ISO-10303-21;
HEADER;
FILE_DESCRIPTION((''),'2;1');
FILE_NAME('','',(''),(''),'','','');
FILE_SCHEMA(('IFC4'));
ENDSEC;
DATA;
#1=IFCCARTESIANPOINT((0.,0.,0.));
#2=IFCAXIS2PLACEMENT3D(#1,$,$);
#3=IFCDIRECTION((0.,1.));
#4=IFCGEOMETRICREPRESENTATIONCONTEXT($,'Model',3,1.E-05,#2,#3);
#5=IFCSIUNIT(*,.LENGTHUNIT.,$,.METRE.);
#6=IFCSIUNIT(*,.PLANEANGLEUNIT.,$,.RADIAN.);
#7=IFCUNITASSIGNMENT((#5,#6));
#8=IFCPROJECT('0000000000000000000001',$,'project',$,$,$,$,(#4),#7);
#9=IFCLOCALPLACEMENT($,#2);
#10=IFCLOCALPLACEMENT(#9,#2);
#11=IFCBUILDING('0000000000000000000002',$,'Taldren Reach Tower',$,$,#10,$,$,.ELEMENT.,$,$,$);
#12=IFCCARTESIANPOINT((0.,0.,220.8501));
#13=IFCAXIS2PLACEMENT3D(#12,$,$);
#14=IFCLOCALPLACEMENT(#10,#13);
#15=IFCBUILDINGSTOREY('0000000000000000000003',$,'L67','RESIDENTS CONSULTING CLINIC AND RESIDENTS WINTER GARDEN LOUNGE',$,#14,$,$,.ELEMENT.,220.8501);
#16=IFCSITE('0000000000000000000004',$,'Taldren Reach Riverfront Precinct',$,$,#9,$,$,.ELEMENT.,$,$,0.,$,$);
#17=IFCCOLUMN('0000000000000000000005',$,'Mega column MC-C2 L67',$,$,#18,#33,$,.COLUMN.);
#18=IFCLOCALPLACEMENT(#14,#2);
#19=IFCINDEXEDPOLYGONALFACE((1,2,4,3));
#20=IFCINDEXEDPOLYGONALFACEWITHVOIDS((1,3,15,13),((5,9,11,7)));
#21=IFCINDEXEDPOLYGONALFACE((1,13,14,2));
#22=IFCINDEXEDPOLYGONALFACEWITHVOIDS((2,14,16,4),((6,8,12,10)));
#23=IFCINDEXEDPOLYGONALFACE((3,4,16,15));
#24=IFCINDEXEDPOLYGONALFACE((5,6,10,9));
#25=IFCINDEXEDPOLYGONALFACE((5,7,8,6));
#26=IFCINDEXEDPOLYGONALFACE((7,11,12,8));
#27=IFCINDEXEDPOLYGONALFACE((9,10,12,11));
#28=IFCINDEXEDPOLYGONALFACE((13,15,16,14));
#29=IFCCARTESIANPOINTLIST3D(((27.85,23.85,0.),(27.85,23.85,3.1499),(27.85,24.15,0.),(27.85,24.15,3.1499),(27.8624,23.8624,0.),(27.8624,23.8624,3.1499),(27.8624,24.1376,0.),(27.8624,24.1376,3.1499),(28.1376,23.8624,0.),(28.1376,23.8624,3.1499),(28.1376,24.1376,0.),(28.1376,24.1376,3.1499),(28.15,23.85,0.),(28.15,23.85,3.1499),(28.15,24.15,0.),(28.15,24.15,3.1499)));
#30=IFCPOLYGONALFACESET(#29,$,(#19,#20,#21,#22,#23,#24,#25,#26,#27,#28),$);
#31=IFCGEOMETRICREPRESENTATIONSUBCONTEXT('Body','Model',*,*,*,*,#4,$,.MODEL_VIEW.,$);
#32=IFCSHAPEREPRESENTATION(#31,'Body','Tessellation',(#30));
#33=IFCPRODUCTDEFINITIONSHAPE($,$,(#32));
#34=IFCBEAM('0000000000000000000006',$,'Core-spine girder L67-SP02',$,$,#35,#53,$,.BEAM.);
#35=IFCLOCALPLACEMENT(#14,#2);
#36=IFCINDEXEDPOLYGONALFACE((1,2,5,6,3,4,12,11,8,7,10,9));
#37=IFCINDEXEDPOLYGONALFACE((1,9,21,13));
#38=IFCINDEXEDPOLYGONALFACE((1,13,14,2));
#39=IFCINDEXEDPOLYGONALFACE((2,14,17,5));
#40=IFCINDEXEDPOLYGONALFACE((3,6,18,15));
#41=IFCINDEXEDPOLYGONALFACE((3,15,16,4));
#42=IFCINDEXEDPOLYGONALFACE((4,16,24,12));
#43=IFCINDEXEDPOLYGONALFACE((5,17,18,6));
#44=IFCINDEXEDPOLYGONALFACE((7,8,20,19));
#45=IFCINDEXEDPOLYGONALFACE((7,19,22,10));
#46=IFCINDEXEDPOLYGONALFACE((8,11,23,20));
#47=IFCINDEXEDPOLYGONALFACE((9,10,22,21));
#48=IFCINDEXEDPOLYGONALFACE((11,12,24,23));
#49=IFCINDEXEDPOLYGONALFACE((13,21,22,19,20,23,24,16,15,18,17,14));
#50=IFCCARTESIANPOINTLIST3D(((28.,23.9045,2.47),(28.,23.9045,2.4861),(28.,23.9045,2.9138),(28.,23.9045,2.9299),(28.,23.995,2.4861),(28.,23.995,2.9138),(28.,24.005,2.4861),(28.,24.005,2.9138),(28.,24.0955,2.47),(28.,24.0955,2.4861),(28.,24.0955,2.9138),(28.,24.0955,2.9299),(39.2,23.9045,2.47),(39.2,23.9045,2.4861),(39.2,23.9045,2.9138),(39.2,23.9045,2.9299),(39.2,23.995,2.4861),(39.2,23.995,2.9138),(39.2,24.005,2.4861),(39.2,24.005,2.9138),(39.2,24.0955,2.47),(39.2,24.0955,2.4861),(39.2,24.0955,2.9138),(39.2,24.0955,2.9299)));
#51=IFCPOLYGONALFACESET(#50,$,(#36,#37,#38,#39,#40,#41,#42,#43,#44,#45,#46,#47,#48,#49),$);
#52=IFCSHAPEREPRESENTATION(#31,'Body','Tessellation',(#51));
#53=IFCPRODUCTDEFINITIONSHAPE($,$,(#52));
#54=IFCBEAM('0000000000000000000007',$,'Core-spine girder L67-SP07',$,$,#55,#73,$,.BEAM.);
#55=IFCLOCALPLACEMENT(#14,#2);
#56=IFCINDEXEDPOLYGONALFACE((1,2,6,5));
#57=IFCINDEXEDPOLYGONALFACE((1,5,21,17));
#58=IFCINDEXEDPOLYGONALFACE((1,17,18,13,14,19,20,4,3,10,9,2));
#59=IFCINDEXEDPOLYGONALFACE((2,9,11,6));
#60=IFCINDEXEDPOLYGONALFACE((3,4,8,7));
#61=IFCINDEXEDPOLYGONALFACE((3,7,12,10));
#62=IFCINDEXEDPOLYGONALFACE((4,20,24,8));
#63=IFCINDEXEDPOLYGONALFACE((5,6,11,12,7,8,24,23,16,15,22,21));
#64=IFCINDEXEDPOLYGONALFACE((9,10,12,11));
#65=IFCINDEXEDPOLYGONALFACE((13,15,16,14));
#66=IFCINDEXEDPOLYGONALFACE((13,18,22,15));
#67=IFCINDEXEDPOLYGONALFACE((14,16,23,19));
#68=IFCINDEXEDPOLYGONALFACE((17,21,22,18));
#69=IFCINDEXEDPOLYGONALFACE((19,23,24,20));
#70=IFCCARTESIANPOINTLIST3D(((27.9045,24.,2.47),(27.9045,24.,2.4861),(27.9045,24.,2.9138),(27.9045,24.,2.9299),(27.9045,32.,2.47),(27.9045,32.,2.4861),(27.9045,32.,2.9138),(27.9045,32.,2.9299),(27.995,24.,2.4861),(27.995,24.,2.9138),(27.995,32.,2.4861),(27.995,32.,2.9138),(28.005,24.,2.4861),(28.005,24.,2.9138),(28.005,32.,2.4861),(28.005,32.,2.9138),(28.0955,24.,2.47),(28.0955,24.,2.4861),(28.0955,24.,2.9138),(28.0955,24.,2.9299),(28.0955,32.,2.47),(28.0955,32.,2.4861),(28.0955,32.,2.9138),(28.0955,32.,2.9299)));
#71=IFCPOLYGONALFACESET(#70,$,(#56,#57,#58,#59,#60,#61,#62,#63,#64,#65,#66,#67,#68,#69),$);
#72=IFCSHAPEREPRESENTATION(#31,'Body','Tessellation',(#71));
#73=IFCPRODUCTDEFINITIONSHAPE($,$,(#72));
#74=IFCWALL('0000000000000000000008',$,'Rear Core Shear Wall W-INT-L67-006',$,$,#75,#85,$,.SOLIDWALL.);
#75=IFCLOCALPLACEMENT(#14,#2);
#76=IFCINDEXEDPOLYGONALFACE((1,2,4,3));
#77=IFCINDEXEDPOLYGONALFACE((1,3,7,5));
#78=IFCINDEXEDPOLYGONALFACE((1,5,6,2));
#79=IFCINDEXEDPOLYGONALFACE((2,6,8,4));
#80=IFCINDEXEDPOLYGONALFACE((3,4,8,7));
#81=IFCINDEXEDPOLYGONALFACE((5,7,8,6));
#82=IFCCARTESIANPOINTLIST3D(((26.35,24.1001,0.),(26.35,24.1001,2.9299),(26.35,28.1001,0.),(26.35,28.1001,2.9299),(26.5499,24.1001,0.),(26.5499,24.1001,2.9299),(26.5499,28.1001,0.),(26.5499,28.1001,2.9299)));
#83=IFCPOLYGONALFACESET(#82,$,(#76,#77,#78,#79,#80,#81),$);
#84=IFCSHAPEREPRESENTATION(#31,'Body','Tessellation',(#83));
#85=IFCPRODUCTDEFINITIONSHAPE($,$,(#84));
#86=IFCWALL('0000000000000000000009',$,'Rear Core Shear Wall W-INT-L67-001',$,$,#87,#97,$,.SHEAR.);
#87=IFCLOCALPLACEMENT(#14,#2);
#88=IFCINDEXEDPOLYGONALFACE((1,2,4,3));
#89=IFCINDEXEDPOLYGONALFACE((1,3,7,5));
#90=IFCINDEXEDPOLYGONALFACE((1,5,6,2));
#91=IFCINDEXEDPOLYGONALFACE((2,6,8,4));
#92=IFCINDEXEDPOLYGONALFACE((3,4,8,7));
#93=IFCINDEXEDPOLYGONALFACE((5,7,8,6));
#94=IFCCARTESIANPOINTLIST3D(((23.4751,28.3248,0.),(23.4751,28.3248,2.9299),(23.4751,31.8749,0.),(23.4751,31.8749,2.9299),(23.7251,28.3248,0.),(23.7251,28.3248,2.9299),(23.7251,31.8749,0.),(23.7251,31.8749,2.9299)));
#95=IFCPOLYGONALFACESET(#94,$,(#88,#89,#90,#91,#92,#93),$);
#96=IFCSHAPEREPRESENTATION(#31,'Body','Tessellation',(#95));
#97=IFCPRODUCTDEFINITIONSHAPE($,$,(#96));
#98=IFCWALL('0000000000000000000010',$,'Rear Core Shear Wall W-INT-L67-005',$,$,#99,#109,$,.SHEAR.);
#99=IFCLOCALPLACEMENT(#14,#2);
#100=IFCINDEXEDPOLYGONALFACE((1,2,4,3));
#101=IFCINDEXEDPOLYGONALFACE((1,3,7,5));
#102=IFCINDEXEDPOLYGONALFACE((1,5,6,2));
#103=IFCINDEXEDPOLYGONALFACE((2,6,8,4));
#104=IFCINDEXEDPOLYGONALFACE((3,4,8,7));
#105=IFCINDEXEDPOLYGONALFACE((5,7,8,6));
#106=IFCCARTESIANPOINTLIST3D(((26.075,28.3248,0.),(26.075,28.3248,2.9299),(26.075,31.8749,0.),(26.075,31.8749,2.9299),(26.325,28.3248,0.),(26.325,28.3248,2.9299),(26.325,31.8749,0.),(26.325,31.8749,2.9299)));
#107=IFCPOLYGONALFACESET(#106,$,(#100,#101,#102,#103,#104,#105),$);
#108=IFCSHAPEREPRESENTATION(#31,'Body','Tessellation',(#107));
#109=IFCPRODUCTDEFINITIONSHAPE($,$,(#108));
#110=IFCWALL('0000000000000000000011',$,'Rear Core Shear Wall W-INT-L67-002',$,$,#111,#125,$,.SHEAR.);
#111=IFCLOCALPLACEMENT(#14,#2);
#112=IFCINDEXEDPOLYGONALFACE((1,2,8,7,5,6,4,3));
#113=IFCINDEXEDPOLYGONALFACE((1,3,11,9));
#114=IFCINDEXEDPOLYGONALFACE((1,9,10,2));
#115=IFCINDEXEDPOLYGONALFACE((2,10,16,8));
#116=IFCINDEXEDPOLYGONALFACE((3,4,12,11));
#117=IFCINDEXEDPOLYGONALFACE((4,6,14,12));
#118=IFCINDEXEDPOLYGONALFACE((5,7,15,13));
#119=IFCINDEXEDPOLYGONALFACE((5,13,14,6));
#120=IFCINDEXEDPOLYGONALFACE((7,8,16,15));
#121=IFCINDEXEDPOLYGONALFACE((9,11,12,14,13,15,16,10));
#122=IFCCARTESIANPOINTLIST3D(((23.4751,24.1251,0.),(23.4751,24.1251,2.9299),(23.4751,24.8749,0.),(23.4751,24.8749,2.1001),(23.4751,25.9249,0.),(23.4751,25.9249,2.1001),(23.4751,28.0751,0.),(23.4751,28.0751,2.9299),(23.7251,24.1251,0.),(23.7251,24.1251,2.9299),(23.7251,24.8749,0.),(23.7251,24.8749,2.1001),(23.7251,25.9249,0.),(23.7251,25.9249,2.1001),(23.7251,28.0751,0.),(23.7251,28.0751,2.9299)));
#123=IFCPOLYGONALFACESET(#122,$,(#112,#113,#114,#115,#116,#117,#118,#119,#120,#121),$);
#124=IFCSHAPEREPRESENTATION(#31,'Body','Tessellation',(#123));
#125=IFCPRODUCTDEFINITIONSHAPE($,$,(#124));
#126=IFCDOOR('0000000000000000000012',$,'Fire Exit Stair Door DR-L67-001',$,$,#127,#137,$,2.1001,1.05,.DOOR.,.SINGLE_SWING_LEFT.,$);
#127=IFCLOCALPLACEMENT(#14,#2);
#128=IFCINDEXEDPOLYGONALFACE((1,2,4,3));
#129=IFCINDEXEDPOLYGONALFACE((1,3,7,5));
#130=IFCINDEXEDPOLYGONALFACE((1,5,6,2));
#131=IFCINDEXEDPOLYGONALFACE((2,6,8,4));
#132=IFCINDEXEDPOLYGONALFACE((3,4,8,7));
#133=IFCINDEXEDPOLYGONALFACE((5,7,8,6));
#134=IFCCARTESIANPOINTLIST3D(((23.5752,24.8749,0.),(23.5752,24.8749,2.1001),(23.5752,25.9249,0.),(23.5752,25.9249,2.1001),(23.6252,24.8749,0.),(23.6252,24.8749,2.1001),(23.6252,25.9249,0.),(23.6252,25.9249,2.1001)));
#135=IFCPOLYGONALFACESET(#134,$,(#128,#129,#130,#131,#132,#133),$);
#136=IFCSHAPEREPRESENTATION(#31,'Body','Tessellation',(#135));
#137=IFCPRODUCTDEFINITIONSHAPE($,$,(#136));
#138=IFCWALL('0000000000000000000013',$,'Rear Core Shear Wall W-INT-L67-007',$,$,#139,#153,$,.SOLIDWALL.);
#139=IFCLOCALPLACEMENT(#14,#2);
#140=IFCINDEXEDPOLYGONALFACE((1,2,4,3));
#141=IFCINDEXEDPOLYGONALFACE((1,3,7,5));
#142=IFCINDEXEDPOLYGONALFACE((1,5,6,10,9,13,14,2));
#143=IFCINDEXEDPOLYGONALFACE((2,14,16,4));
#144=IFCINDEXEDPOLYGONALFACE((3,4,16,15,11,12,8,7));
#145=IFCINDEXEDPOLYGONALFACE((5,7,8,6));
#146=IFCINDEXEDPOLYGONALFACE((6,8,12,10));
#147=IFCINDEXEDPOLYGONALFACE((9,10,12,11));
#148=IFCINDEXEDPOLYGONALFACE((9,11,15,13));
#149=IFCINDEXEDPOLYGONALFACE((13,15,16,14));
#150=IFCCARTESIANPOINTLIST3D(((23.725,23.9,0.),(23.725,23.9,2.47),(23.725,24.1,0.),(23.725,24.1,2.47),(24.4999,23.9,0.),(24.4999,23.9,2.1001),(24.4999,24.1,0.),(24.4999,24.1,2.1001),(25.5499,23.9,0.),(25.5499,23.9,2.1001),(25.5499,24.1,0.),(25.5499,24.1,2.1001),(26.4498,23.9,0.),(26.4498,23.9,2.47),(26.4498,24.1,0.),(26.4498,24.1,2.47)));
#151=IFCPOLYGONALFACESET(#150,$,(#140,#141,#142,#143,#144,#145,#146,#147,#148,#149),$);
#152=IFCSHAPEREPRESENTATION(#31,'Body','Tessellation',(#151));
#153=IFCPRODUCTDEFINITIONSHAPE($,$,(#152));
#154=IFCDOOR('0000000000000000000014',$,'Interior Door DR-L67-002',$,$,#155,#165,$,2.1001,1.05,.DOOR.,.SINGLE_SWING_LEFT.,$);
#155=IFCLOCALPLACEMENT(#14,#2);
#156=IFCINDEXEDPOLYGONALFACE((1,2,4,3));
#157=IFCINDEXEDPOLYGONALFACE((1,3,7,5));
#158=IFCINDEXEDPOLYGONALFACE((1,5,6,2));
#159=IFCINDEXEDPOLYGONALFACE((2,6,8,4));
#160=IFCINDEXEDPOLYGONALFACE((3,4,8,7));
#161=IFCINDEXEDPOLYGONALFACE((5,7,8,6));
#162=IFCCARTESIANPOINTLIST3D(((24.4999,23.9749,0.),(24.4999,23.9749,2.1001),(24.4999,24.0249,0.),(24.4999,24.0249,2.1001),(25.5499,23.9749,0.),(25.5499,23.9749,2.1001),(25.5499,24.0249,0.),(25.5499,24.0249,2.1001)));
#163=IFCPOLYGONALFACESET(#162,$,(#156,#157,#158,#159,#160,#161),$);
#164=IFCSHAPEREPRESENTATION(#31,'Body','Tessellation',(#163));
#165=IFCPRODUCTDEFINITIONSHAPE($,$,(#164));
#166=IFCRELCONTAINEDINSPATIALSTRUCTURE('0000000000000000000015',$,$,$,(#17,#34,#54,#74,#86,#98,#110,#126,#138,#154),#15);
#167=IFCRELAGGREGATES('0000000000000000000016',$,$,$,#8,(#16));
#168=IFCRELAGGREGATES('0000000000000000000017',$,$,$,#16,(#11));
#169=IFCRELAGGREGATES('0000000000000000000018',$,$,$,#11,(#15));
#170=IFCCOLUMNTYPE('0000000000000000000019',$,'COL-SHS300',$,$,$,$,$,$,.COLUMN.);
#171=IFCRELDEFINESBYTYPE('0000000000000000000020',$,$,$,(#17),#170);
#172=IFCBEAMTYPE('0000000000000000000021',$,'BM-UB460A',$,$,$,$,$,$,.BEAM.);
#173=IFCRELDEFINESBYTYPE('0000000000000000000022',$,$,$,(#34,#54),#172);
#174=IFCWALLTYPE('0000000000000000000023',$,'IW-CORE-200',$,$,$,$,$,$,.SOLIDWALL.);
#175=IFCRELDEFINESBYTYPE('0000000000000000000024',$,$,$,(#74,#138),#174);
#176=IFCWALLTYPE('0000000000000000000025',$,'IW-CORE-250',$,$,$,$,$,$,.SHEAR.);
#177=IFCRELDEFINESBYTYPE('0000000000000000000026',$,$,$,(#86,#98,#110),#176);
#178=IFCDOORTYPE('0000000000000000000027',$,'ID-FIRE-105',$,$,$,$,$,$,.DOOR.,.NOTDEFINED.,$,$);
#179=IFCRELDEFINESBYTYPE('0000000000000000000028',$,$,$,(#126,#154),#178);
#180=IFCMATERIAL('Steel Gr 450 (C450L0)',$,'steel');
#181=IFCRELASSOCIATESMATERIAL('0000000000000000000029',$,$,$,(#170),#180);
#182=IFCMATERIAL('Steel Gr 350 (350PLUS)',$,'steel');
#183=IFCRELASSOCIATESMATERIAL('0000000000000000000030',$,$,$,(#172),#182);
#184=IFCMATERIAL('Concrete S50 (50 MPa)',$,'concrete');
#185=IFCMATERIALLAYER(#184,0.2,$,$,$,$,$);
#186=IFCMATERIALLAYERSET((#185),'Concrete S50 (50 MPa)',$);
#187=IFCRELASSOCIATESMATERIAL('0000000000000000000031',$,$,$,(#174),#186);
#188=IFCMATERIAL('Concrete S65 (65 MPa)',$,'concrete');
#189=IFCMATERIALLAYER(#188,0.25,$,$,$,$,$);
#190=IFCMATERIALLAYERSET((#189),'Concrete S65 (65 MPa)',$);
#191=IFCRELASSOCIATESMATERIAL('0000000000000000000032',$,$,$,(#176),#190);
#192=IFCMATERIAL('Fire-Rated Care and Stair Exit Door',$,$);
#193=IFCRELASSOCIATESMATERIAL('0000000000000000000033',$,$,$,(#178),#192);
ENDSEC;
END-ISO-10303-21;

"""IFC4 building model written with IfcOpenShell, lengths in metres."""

from ifc_helpers import new_model, si_unit, direction, frame, frame_2d, origin, origin_2d, place, context, subcontext, project, spatial, rectangle, hollow_rectangle, i_section, extrude, source, transform, mapped, material, layer, layer_set, material_profile, profile_set, type_object, element, fill, save


model = new_model("IFC4")

# Units and contexts
model_context = context("Model", 3, precision=1e-05, world=origin(), true_north=direction((0.0, 1.0)))
body_context = subcontext(model_context, "Body", "Model", "MODEL_VIEW")
ifc_project = project(units=[si_unit("LENGTHUNIT", "METRE"), si_unit("PLANEANGLEUNIT", "RADIAN")], contexts=[model_context])

# Site, building, storey
site_placement = place(None, origin())
site = spatial("IfcSite", under=ifc_project, at=site_placement, Name="Taldren Reach Riverfront Precinct", CompositionType="ELEMENT", RefElevation=0.0)
building_placement = place(site_placement, origin())
building = spatial("IfcBuilding", under=site, at=building_placement, Name="Taldren Reach Tower", CompositionType="ELEMENT")
storey_placement = place(building_placement, frame((0.0, 0.0, 220.8501)))
storey = spatial("IfcBuildingStorey", under=building, at=storey_placement, Name="L67", Description="RESIDENTS CONSULTING CLINIC AND RESIDENTS WINTER GARDEN LOUNGE", CompositionType="ELEMENT", Elevation=220.8501)

# Column
ifc_material_1 = material(Name="Steel Gr 450 (C450L0)", Category="steel")
ifc_material_profile_1 = material_profile(ifc_material_1, hollow_rectangle(XDim=0.3, YDim=0.3, WallThickness=0.0125, at=origin_2d()), Name="300x300x12.5SHS")
ifc_profile_set_1 = profile_set([ifc_material_profile_1], Name="Steel Gr 450 (C450L0)")
column_type = type_object("IfcColumnType", Name="COL-SHS300", PredefinedType="COLUMN", material=ifc_profile_set_1)
shared_shape_1 = source(origin(), body_context, "Body", "SweptSolid", [
    extrude(hollow_rectangle(XDim=0.3, YDim=0.3, WallThickness=0.0125, at=origin_2d()), origin(), (0.0, 0.0, 1.0), 3.1499),
])
column_placement = place(storey_placement, frame((28.0, 24.0, 0.0), z_axis=(0.0, 0.0, 1.0), x_axis=(1.0, 0.0, 0.0)))
element("IfcColumn", 1, at=column_placement, inside=storey, type_object=column_type, Name="Mega column MC-C2 L67", PredefinedType="COLUMN", context=body_context, shape_type="MappedRepresentation", body=[
    mapped(shared_shape_1, transform((0.0, 0.0, 0.0), scale=1.0)),
])

# Beams
ifc_material_2 = material(Name="Steel Gr 350 (350PLUS)", Category="steel")
ifc_material_profile_2 = material_profile(ifc_material_2, i_section(OverallWidth=0.1909, OverallDepth=0.46, WebThickness=0.01, FlangeThickness=0.0161, at=origin_2d()), Name="460UB82.1")
ifc_profile_set_2 = profile_set([ifc_material_profile_2], Name="Steel Gr 350 (350PLUS)")
beam_type = type_object("IfcBeamType", Name="BM-UB460A", PredefinedType="BEAM", material=ifc_profile_set_2)
shared_shape_2 = source(origin(), body_context, "Body", "SweptSolid", [
    extrude(i_section(OverallWidth=0.1909, OverallDepth=0.46, WebThickness=0.01, FlangeThickness=0.0161, at=origin_2d()), origin(), (0.0, 0.0, 1.0), 11.2),
])
beam_1_placement = place(storey_placement, frame((28.0, 24.0, 2.7), z_axis=(1.0, 0.0, 0.0), x_axis=(0.0, 1.0, 0.0)))
element("IfcBeam", 2, at=beam_1_placement, inside=storey, type_object=beam_type, Name="Core-spine girder L67-SP02", PredefinedType="BEAM", context=body_context, shape_type="MappedRepresentation", body=[
    mapped(shared_shape_2, transform((0.0, 0.0, 0.0), scale=1.0)),
])
shared_shape_3 = source(origin(), body_context, "Body", "SweptSolid", [
    extrude(i_section(OverallWidth=0.1909, OverallDepth=0.46, WebThickness=0.01, FlangeThickness=0.0161, at=origin_2d()), origin(), (0.0, 0.0, 1.0), 8.0),
])
beam_2_placement = place(storey_placement, frame((28.0, 24.0, 2.7), z_axis=(0.0, 1.0, 0.0), x_axis=(-1.0, 0.0, 0.0)))
element("IfcBeam", 3, at=beam_2_placement, inside=storey, type_object=beam_type, Name="Core-spine girder L67-SP07", PredefinedType="BEAM", context=body_context, shape_type="MappedRepresentation", body=[
    mapped(shared_shape_3, transform((0.0, 0.0, 0.0), scale=1.0)),
])

# Walls
ifc_material_3 = material(Name="Concrete S50 (50 MPa)", Category="concrete")
ifc_layer_1 = layer(ifc_material_3, 0.2)
ifc_layer_set_1 = layer_set([ifc_layer_1], Name="Concrete S50 (50 MPa)")
wall_type_1 = type_object("IfcWallType", Name="IW-CORE-200", PredefinedType="SOLIDWALL", material=ifc_layer_set_1)
shared_shape_4 = source(origin(), body_context, "Body", "SweptSolid", [
    extrude(rectangle(XDim=4.0, YDim=0.2, at=frame_2d((2.0, 0.0))), origin(), (0.0, 0.0, 1.0), 2.9299),
])
wall_1_placement = place(storey_placement, frame((26.45, 24.1001, 0.0), z_axis=(0.0, 0.0, 1.0), x_axis=(0.0, 1.0, 0.0)))
element("IfcWall", 4, at=wall_1_placement, inside=storey, type_object=wall_type_1, Name="Rear Core Shear Wall W-INT-L67-006", PredefinedType="SOLIDWALL", context=body_context, shape_type="MappedRepresentation", body=[
    mapped(shared_shape_4, transform((0.0, 0.0, 0.0), scale=1.0)),
])
ifc_material_4 = material(Name="Concrete S65 (65 MPa)", Category="concrete")
ifc_layer_2 = layer(ifc_material_4, 0.25)
ifc_layer_set_2 = layer_set([ifc_layer_2], Name="Concrete S65 (65 MPa)")
wall_type_2 = type_object("IfcWallType", Name="IW-CORE-250", PredefinedType="SHEAR", material=ifc_layer_set_2)
shared_shape_5 = source(origin(), body_context, "Body", "SweptSolid", [
    extrude(rectangle(XDim=3.55, YDim=0.25, at=frame_2d((1.7749, 0.0))), origin(), (0.0, 0.0, 1.0), 2.9299),
])
for number, where, z_axis, x_axis, name in (
    (5, (23.6001, 28.325, 0.0), (0.0, 0.0, 1.0), (0.0, 1.0, 0.0), "Rear Core Shear Wall W-INT-L67-001"),
    (6, (26.2, 28.325, 0.0), (0.0, 0.0, 1.0), (0.0, 1.0, 0.0), "Rear Core Shear Wall W-INT-L67-005"),
):
    element("IfcWall", number, at=place(storey_placement, frame(where, z_axis=z_axis, x_axis=x_axis)), inside=storey, type_object=wall_type_2, Name=name, PredefinedType="SHEAR", context=body_context, shape_type="MappedRepresentation", body=[
        mapped(shared_shape_5, transform((0.0, 0.0, 0.0), scale=1.0)),
    ])

# Walls, openings, doors
shared_shape_6 = source(origin(), body_context, "Body", "SweptSolid", [
    extrude(rectangle(XDim=3.95, YDim=0.25, at=frame_2d((1.9751, 0.0))), origin(), (0.0, 0.0, 1.0), 2.9299),
])
wall_2_placement = place(storey_placement, frame((23.6001, 24.125, 0.0), z_axis=(0.0, 0.0, 1.0), x_axis=(0.0, 1.0, 0.0)))
wall_2 = element("IfcWall", 7, at=wall_2_placement, inside=storey, type_object=wall_type_2, Name="Rear Core Shear Wall W-INT-L67-002", PredefinedType="SHEAR", context=body_context, shape_type="MappedRepresentation", body=[
    mapped(shared_shape_6, transform((0.0, 0.0, 0.0), scale=1.0)),
])
shared_shape_7 = source(origin(), body_context, "Body", "SweptSolid", [
    extrude(rectangle(XDim=1.05, YDim=2.1001, at=frame_2d((0.5249, 1.05))), frame((0.0, 0.135, 0.0), z_axis=(0.0, -1.0, 0.0), x_axis=(1.0, 0.0, 0.0)), (0.0, 0.0, 1.0), 0.27),
])
opening_1_placement = place(wall_2_placement, frame((0.75, 0.0, 0.0)))
opening_1 = element("IfcOpeningElement", 8, at=opening_1_placement, cuts=wall_2, PredefinedType="OPENING", context=body_context, shape_type="MappedRepresentation", body=[
    mapped(shared_shape_7, transform((0.0, 0.0, 0.0), scale=1.0)),
])
ifc_material_5 = material(Name="Fire-Rated Care and Stair Exit Door")
door_type_1 = type_object("IfcDoorType", Name="ID-FIRE-105", OperationType="NOTDEFINED", PredefinedType="DOOR", material=ifc_material_5)
shared_shape_8 = source(origin(), body_context, "Body", "SweptSolid", [
    extrude(rectangle(XDim=1.05, YDim=2.1001, at=frame_2d((0.5249, 1.05))), frame((0.0, 0.0249, 0.0), z_axis=(0.0, -1.0, 0.0), x_axis=(1.0, 0.0, 0.0)), (0.0, 0.0, 1.0), 0.05),
])
door_1_placement = place(opening_1_placement, origin())
door_1 = element("IfcDoor", 9, at=door_1_placement, inside=storey, type_object=door_type_1, Name="Fire Exit Stair Door DR-L67-001", OperationType="SINGLE_SWING_LEFT", OverallHeight=2.1001, OverallWidth=1.05, PredefinedType="DOOR", context=body_context, shape_type="MappedRepresentation", body=[
    mapped(shared_shape_8, transform((0.0, 0.0, 0.0), scale=1.0)),
])
fill(opening_1, door_1)
shared_shape_9 = source(origin(), body_context, "Body", "SweptSolid", [
    extrude(rectangle(XDim=2.7249, YDim=0.2, at=frame_2d((1.3623, 0.0))), origin(), (0.0, 0.0, 1.0), 2.47),
])
wall_3_placement = place(storey_placement, frame((23.7251, 24.0, 0.0), z_axis=(0.0, 0.0, 1.0), x_axis=(1.0, 0.0, 0.0)))
wall_3 = element("IfcWall", 10, at=wall_3_placement, inside=storey, type_object=wall_type_1, Name="Rear Core Shear Wall W-INT-L67-007", PredefinedType="SOLIDWALL", context=body_context, shape_type="MappedRepresentation", body=[
    mapped(shared_shape_9, transform((0.0, 0.0, 0.0), scale=1.0)),
])
shared_shape_10 = source(origin(), body_context, "Body", "SweptSolid", [
    extrude(rectangle(XDim=1.05, YDim=2.1001, at=frame_2d((0.5249, 1.05))), frame((0.0, 0.1099, 0.0), z_axis=(0.0, -1.0, 0.0), x_axis=(1.0, 0.0, 0.0)), (0.0, 0.0, 1.0), 0.22),
])
opening_2_placement = place(wall_3_placement, frame((0.7749, 0.0, 0.0)))
opening_2 = element("IfcOpeningElement", 11, at=opening_2_placement, cuts=wall_3, PredefinedType="OPENING", context=body_context, shape_type="MappedRepresentation", body=[
    mapped(shared_shape_10, transform((0.0, 0.0, 0.0), scale=1.0)),
])
door_2_placement = place(opening_2_placement, origin())
door_2 = element("IfcDoor", 12, at=door_2_placement, inside=storey, type_object=door_type_1, Name="Interior Door DR-L67-002", OperationType="SINGLE_SWING_LEFT", OverallHeight=2.1001, OverallWidth=1.05, PredefinedType="DOOR", context=body_context, shape_type="MappedRepresentation", body=[
    mapped(shared_shape_8, transform((0.0, 0.0, 0.0), scale=1.0)),
])
fill(opening_2, door_2)

save(model, "model.ifc")
